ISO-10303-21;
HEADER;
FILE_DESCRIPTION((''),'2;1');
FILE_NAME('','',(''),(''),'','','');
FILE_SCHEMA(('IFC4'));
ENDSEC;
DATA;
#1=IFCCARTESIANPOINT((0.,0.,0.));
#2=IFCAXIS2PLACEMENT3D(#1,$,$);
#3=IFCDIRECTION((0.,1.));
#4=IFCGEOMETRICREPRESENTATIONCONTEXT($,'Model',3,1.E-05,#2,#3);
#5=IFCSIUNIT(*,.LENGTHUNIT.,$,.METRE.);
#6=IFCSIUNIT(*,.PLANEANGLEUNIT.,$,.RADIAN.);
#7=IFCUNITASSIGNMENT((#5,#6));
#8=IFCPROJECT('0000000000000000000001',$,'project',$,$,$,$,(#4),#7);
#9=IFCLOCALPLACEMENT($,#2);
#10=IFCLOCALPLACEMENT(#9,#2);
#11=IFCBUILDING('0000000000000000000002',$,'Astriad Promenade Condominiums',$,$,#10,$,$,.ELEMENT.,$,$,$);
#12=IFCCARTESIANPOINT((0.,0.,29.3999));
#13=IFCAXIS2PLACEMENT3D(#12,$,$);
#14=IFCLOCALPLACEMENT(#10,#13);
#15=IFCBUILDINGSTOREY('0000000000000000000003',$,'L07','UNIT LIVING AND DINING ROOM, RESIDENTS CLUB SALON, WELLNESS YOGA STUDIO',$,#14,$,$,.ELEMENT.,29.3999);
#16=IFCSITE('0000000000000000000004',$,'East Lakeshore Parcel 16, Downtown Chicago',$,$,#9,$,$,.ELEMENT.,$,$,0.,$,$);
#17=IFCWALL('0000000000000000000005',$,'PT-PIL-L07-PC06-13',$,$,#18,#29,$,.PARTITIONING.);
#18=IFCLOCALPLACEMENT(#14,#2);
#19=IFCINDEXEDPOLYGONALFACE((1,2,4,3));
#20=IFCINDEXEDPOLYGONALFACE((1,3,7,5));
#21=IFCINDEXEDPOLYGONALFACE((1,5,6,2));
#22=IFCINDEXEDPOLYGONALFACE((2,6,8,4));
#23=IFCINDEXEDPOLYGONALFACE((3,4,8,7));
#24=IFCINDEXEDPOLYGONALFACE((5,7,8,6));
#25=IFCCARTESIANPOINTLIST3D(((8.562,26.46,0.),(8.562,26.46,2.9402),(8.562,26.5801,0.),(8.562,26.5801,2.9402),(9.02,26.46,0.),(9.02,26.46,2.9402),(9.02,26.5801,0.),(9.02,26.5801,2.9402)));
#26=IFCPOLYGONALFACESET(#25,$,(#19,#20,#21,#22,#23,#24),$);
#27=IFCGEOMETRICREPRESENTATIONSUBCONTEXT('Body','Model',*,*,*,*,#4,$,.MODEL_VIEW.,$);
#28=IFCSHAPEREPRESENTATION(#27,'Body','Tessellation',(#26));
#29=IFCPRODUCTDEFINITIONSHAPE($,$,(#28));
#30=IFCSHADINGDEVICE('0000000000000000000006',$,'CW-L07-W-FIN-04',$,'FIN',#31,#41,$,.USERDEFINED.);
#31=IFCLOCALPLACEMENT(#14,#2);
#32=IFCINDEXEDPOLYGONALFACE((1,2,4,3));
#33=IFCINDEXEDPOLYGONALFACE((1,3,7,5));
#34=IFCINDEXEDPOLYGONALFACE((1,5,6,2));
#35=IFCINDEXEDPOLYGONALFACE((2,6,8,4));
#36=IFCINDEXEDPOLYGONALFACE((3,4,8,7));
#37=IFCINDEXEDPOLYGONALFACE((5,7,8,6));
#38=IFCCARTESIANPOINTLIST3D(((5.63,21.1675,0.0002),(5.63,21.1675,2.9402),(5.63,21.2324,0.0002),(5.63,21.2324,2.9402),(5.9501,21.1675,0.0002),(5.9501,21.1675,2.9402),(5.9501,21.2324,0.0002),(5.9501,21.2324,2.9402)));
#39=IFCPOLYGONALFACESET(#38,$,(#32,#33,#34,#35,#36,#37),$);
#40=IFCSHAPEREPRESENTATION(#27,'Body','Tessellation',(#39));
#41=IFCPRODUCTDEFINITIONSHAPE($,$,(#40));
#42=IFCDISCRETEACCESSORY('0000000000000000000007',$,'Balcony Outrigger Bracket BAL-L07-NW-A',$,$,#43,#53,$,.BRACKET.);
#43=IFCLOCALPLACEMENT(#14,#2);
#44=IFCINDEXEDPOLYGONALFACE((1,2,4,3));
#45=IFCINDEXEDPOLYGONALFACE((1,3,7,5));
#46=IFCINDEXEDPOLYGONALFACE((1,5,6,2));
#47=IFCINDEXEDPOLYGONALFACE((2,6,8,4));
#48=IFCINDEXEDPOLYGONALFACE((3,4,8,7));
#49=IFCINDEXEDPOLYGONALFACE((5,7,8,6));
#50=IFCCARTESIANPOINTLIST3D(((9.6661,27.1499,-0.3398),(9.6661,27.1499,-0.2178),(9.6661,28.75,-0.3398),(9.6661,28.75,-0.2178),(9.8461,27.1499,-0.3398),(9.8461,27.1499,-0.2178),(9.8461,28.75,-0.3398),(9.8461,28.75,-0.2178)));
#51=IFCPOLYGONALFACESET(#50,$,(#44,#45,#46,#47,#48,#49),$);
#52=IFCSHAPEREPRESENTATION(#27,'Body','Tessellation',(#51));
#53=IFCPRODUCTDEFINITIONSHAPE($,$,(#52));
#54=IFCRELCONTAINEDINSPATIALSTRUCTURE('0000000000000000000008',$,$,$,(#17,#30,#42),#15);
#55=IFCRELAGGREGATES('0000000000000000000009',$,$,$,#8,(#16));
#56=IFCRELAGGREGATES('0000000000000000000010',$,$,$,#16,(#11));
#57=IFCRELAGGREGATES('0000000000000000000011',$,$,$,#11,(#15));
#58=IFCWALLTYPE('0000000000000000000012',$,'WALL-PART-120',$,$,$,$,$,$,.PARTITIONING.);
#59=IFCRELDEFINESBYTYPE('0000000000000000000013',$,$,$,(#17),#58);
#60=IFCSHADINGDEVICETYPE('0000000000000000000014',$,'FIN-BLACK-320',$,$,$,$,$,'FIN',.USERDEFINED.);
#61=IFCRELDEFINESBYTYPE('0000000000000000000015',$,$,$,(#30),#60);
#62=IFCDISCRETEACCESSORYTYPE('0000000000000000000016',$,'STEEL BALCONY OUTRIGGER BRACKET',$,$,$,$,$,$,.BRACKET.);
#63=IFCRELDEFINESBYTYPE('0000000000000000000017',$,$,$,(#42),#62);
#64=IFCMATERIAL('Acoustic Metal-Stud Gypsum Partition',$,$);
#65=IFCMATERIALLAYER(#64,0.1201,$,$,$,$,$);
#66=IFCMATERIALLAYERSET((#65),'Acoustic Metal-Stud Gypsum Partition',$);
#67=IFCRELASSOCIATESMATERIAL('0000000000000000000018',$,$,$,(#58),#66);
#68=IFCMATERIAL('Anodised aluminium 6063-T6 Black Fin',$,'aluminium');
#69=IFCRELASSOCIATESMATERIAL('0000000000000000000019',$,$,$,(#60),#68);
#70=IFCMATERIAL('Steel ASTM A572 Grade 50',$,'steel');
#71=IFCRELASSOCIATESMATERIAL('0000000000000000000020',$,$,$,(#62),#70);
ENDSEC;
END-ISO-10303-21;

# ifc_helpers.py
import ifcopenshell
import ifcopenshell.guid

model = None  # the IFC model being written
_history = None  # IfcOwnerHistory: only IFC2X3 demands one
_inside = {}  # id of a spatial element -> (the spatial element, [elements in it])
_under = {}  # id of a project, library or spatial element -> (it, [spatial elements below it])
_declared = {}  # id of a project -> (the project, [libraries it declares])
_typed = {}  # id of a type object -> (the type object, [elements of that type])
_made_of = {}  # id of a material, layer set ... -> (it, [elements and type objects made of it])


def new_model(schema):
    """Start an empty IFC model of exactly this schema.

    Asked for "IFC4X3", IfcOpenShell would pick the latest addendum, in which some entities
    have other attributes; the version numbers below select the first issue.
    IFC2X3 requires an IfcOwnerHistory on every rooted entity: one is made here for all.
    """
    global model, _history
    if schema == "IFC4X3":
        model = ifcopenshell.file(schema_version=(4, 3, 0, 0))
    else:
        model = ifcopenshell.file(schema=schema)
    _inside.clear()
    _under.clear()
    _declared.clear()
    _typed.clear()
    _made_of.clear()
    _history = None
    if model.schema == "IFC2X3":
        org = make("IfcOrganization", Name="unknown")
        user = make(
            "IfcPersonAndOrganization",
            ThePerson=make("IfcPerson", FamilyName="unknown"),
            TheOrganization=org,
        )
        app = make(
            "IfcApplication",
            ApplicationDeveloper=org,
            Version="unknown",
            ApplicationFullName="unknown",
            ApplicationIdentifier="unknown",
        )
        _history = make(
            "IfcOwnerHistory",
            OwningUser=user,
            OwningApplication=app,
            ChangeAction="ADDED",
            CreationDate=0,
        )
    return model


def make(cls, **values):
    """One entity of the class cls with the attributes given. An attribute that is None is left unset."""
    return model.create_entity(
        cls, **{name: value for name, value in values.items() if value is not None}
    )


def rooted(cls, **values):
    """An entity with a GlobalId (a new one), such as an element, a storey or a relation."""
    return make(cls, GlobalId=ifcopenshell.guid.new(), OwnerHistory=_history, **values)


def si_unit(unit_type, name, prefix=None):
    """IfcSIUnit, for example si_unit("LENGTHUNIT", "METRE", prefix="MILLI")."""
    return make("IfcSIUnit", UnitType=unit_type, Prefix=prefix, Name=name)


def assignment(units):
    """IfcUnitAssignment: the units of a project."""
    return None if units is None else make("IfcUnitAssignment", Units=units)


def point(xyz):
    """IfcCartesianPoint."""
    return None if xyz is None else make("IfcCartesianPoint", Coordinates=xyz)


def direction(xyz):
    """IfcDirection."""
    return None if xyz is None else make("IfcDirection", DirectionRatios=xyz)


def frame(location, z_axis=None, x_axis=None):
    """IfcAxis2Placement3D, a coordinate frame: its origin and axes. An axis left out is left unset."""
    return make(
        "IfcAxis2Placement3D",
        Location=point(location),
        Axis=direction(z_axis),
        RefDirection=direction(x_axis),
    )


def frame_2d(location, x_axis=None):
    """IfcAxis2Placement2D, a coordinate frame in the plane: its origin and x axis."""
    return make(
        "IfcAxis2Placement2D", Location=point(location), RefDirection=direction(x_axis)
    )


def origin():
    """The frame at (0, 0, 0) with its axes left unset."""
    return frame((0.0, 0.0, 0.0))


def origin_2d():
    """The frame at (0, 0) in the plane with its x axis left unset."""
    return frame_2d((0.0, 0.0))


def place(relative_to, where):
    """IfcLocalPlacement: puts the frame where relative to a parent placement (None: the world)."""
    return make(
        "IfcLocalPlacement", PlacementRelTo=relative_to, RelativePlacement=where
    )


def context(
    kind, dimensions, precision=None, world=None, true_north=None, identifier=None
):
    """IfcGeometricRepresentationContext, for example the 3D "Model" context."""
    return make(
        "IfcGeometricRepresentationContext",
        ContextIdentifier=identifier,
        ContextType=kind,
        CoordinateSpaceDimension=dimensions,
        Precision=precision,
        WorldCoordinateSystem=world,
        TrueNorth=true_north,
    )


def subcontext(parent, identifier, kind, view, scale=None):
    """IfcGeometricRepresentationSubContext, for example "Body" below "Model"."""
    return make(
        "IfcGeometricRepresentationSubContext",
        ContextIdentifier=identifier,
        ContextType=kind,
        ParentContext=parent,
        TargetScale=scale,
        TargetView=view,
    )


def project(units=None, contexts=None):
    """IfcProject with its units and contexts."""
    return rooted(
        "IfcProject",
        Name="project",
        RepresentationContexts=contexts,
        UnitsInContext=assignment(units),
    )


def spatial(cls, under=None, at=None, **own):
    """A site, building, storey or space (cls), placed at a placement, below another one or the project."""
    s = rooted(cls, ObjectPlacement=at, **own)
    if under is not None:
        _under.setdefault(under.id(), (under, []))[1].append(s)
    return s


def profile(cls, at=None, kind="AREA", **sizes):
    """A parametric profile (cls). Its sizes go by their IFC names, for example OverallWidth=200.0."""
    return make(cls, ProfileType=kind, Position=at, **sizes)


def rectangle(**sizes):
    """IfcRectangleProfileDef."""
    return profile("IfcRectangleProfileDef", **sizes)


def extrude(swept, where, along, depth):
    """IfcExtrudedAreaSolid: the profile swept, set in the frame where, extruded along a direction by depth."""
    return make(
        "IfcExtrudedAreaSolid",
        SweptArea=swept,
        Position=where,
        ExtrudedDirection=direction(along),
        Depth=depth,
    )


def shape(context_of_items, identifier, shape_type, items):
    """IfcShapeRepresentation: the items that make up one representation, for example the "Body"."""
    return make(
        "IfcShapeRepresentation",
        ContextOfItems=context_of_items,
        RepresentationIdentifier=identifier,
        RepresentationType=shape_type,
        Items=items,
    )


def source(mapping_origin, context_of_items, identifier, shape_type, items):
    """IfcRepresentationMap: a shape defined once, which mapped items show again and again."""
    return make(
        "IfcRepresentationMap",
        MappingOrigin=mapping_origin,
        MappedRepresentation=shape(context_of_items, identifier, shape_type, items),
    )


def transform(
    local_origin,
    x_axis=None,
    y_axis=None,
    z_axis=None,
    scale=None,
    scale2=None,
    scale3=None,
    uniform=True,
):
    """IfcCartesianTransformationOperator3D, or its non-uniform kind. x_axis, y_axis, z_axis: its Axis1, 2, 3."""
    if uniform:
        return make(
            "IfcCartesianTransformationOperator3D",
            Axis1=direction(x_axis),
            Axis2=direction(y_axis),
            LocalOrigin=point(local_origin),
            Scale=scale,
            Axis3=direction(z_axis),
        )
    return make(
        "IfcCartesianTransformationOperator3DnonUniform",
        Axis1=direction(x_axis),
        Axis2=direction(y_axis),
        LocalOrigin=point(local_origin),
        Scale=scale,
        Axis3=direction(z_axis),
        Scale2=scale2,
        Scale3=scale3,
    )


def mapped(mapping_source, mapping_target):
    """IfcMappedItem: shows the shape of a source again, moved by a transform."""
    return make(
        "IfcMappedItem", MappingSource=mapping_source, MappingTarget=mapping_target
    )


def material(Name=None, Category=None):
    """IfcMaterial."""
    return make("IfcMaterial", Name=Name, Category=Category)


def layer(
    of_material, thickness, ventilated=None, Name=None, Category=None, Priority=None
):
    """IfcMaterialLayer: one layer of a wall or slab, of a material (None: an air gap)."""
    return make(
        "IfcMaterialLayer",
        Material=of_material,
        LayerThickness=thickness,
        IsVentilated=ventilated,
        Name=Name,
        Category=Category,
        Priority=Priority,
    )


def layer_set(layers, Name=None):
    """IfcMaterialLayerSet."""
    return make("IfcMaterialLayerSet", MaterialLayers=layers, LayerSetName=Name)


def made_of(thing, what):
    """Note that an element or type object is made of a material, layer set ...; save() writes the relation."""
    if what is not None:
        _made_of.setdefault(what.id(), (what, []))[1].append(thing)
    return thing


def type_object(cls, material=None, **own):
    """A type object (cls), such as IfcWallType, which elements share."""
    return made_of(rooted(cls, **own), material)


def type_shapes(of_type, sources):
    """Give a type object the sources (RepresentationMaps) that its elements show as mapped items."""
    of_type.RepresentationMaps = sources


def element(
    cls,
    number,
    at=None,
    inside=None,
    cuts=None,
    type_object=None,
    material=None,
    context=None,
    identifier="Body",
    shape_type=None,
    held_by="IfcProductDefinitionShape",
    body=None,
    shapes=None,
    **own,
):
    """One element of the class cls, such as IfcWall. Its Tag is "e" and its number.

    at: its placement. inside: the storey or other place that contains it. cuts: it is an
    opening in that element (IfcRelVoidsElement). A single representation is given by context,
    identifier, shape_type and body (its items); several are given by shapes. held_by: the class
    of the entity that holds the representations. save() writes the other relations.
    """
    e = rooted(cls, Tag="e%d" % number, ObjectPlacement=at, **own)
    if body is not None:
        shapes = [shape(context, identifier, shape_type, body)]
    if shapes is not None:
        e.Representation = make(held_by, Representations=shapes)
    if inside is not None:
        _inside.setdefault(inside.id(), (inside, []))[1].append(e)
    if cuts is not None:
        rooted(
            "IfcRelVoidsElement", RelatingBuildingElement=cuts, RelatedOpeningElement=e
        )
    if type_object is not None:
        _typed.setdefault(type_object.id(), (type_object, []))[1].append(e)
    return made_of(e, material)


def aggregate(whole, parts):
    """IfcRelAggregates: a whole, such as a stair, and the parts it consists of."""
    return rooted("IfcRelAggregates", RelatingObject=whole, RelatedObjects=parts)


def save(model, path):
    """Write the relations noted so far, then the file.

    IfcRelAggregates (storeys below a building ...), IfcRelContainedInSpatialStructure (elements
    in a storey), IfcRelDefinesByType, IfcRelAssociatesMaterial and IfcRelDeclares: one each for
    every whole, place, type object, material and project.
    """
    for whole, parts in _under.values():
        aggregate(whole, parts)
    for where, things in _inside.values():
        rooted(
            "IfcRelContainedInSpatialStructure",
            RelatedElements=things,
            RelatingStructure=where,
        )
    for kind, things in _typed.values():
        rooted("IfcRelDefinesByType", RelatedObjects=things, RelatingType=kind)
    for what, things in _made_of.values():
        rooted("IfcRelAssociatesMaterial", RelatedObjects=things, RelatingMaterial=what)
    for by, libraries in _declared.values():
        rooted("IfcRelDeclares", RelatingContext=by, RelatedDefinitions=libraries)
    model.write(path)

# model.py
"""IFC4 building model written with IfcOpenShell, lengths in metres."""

from ifc_helpers import new_model, si_unit, direction, frame, frame_2d, origin, origin_2d, place, context, subcontext, project, spatial, rectangle, extrude, source, transform, mapped, material, layer, layer_set, type_object, type_shapes, element, save


model = new_model("IFC4")

# Units and contexts
model_context = context("Model", 3, precision=1e-05, world=origin(), true_north=direction((0.0, 1.0)))
body_context = subcontext(model_context, "Body", "Model", "MODEL_VIEW")
ifc_project = project(units=[si_unit("LENGTHUNIT", "METRE"), si_unit("PLANEANGLEUNIT", "RADIAN")], contexts=[model_context])

# Site, building, storey
site_placement = place(None, origin())
site = spatial("IfcSite", under=ifc_project, at=site_placement, Name="East Lakeshore Parcel 16, Downtown Chicago", CompositionType="ELEMENT", RefElevation=0.0)
building_placement = place(site_placement, origin())
building = spatial("IfcBuilding", under=site, at=building_placement, Name="Astriad Promenade Condominiums", CompositionType="ELEMENT")
storey_placement = place(building_placement, frame((0.0, 0.0, 29.3999)))
storey = spatial("IfcBuildingStorey", under=building, at=storey_placement, Name="L07", Description="UNIT LIVING AND DINING ROOM, RESIDENTS CLUB SALON, WELLNESS YOGA STUDIO", CompositionType="ELEMENT", Elevation=29.3999)

# Shared definitions
ifc_material_1 = material(Name="Acoustic Metal-Stud Gypsum Partition")
ifc_layer_1 = layer(ifc_material_1, 0.1201)
ifc_layer_set_1 = layer_set([ifc_layer_1], Name="Acoustic Metal-Stud Gypsum Partition")
wall_type_1 = type_object("IfcWallType", Name="WALL-PART-120", PredefinedType="PARTITIONING", material=ifc_layer_set_1)

# Wall
wall_1_placement = place(storey_placement, frame((9.02, 26.52, 0.0), z_axis=(0.0, 0.0, 1.0), x_axis=(-1.0, 0.0, 0.0)))
element("IfcWall", 1, at=wall_1_placement, inside=storey, type_object=wall_type_1, Name="PT-PIL-L07-PC06-13", PredefinedType="PARTITIONING", context=body_context, shape_type="SweptSolid", body=[
    extrude(rectangle(XDim=0.458, YDim=0.1201, at=frame_2d((0.229, 0.0))), origin(), (0.0, 0.0, 1.0), 2.9402),
])

# Shading device
ifc_material_2 = material(Name="Anodised aluminium 6063-T6 Black Fin", Category="aluminium")
shading_device_type = type_object("IfcShadingDeviceType", Name="FIN-BLACK-320", ElementType="FIN", PredefinedType="USERDEFINED", material=ifc_material_2)
shared_shape_1 = source(origin(), body_context, "Body", "SweptSolid", [
    extrude(rectangle(XDim=0.0649, YDim=0.3201, at=origin_2d()), origin(), (0.0, 0.0, 1.0), 2.9399),
])
type_shapes(shading_device_type, [shared_shape_1])
shading_device_placement = place(storey_placement, frame((5.79, 21.2, 0.0002), z_axis=(0.0, 0.0, 1.0), x_axis=(0.0, 1.0, 0.0)))
element("IfcShadingDevice", 2, at=shading_device_placement, inside=storey, type_object=shading_device_type, Name="CW-L07-W-FIN-04", ObjectType="FIN", PredefinedType="USERDEFINED", context=body_context, shape_type="MappedRepresentation", body=[
    mapped(shared_shape_1, transform((0.0, 0.0, 0.0), scale=1.0)),
])

# Discrete accessory
ifc_material_3 = material(Name="Steel ASTM A572 Grade 50", Category="steel")
discrete_accessory_type = type_object("IfcDiscreteAccessoryType", Name="STEEL BALCONY OUTRIGGER BRACKET", PredefinedType="BRACKET", material=ifc_material_3)
shared_shape_2 = source(origin(), body_context, "Body", "SweptSolid", [
    extrude(rectangle(XDim=1.6001, YDim=0.1799, at=origin_2d()), origin(), (0.0, 0.0, 1.0), 0.1221),
])
type_shapes(discrete_accessory_type, [shared_shape_2])
discrete_accessory_placement = place(storey_placement, frame((9.7561, 27.95, -0.3398), z_axis=(0.0, 0.0, 1.0), x_axis=(0.0, 1.0, 0.0)))
element("IfcDiscreteAccessory", 3, at=discrete_accessory_placement, inside=storey, type_object=discrete_accessory_type, Name="Balcony Outrigger Bracket BAL-L07-NW-A", PredefinedType="BRACKET", context=body_context, shape_type="MappedRepresentation", body=[
    mapped(shared_shape_2, transform((0.0, 0.0, 0.0), scale=1.0)),
])

save(model, "model.ifc")
